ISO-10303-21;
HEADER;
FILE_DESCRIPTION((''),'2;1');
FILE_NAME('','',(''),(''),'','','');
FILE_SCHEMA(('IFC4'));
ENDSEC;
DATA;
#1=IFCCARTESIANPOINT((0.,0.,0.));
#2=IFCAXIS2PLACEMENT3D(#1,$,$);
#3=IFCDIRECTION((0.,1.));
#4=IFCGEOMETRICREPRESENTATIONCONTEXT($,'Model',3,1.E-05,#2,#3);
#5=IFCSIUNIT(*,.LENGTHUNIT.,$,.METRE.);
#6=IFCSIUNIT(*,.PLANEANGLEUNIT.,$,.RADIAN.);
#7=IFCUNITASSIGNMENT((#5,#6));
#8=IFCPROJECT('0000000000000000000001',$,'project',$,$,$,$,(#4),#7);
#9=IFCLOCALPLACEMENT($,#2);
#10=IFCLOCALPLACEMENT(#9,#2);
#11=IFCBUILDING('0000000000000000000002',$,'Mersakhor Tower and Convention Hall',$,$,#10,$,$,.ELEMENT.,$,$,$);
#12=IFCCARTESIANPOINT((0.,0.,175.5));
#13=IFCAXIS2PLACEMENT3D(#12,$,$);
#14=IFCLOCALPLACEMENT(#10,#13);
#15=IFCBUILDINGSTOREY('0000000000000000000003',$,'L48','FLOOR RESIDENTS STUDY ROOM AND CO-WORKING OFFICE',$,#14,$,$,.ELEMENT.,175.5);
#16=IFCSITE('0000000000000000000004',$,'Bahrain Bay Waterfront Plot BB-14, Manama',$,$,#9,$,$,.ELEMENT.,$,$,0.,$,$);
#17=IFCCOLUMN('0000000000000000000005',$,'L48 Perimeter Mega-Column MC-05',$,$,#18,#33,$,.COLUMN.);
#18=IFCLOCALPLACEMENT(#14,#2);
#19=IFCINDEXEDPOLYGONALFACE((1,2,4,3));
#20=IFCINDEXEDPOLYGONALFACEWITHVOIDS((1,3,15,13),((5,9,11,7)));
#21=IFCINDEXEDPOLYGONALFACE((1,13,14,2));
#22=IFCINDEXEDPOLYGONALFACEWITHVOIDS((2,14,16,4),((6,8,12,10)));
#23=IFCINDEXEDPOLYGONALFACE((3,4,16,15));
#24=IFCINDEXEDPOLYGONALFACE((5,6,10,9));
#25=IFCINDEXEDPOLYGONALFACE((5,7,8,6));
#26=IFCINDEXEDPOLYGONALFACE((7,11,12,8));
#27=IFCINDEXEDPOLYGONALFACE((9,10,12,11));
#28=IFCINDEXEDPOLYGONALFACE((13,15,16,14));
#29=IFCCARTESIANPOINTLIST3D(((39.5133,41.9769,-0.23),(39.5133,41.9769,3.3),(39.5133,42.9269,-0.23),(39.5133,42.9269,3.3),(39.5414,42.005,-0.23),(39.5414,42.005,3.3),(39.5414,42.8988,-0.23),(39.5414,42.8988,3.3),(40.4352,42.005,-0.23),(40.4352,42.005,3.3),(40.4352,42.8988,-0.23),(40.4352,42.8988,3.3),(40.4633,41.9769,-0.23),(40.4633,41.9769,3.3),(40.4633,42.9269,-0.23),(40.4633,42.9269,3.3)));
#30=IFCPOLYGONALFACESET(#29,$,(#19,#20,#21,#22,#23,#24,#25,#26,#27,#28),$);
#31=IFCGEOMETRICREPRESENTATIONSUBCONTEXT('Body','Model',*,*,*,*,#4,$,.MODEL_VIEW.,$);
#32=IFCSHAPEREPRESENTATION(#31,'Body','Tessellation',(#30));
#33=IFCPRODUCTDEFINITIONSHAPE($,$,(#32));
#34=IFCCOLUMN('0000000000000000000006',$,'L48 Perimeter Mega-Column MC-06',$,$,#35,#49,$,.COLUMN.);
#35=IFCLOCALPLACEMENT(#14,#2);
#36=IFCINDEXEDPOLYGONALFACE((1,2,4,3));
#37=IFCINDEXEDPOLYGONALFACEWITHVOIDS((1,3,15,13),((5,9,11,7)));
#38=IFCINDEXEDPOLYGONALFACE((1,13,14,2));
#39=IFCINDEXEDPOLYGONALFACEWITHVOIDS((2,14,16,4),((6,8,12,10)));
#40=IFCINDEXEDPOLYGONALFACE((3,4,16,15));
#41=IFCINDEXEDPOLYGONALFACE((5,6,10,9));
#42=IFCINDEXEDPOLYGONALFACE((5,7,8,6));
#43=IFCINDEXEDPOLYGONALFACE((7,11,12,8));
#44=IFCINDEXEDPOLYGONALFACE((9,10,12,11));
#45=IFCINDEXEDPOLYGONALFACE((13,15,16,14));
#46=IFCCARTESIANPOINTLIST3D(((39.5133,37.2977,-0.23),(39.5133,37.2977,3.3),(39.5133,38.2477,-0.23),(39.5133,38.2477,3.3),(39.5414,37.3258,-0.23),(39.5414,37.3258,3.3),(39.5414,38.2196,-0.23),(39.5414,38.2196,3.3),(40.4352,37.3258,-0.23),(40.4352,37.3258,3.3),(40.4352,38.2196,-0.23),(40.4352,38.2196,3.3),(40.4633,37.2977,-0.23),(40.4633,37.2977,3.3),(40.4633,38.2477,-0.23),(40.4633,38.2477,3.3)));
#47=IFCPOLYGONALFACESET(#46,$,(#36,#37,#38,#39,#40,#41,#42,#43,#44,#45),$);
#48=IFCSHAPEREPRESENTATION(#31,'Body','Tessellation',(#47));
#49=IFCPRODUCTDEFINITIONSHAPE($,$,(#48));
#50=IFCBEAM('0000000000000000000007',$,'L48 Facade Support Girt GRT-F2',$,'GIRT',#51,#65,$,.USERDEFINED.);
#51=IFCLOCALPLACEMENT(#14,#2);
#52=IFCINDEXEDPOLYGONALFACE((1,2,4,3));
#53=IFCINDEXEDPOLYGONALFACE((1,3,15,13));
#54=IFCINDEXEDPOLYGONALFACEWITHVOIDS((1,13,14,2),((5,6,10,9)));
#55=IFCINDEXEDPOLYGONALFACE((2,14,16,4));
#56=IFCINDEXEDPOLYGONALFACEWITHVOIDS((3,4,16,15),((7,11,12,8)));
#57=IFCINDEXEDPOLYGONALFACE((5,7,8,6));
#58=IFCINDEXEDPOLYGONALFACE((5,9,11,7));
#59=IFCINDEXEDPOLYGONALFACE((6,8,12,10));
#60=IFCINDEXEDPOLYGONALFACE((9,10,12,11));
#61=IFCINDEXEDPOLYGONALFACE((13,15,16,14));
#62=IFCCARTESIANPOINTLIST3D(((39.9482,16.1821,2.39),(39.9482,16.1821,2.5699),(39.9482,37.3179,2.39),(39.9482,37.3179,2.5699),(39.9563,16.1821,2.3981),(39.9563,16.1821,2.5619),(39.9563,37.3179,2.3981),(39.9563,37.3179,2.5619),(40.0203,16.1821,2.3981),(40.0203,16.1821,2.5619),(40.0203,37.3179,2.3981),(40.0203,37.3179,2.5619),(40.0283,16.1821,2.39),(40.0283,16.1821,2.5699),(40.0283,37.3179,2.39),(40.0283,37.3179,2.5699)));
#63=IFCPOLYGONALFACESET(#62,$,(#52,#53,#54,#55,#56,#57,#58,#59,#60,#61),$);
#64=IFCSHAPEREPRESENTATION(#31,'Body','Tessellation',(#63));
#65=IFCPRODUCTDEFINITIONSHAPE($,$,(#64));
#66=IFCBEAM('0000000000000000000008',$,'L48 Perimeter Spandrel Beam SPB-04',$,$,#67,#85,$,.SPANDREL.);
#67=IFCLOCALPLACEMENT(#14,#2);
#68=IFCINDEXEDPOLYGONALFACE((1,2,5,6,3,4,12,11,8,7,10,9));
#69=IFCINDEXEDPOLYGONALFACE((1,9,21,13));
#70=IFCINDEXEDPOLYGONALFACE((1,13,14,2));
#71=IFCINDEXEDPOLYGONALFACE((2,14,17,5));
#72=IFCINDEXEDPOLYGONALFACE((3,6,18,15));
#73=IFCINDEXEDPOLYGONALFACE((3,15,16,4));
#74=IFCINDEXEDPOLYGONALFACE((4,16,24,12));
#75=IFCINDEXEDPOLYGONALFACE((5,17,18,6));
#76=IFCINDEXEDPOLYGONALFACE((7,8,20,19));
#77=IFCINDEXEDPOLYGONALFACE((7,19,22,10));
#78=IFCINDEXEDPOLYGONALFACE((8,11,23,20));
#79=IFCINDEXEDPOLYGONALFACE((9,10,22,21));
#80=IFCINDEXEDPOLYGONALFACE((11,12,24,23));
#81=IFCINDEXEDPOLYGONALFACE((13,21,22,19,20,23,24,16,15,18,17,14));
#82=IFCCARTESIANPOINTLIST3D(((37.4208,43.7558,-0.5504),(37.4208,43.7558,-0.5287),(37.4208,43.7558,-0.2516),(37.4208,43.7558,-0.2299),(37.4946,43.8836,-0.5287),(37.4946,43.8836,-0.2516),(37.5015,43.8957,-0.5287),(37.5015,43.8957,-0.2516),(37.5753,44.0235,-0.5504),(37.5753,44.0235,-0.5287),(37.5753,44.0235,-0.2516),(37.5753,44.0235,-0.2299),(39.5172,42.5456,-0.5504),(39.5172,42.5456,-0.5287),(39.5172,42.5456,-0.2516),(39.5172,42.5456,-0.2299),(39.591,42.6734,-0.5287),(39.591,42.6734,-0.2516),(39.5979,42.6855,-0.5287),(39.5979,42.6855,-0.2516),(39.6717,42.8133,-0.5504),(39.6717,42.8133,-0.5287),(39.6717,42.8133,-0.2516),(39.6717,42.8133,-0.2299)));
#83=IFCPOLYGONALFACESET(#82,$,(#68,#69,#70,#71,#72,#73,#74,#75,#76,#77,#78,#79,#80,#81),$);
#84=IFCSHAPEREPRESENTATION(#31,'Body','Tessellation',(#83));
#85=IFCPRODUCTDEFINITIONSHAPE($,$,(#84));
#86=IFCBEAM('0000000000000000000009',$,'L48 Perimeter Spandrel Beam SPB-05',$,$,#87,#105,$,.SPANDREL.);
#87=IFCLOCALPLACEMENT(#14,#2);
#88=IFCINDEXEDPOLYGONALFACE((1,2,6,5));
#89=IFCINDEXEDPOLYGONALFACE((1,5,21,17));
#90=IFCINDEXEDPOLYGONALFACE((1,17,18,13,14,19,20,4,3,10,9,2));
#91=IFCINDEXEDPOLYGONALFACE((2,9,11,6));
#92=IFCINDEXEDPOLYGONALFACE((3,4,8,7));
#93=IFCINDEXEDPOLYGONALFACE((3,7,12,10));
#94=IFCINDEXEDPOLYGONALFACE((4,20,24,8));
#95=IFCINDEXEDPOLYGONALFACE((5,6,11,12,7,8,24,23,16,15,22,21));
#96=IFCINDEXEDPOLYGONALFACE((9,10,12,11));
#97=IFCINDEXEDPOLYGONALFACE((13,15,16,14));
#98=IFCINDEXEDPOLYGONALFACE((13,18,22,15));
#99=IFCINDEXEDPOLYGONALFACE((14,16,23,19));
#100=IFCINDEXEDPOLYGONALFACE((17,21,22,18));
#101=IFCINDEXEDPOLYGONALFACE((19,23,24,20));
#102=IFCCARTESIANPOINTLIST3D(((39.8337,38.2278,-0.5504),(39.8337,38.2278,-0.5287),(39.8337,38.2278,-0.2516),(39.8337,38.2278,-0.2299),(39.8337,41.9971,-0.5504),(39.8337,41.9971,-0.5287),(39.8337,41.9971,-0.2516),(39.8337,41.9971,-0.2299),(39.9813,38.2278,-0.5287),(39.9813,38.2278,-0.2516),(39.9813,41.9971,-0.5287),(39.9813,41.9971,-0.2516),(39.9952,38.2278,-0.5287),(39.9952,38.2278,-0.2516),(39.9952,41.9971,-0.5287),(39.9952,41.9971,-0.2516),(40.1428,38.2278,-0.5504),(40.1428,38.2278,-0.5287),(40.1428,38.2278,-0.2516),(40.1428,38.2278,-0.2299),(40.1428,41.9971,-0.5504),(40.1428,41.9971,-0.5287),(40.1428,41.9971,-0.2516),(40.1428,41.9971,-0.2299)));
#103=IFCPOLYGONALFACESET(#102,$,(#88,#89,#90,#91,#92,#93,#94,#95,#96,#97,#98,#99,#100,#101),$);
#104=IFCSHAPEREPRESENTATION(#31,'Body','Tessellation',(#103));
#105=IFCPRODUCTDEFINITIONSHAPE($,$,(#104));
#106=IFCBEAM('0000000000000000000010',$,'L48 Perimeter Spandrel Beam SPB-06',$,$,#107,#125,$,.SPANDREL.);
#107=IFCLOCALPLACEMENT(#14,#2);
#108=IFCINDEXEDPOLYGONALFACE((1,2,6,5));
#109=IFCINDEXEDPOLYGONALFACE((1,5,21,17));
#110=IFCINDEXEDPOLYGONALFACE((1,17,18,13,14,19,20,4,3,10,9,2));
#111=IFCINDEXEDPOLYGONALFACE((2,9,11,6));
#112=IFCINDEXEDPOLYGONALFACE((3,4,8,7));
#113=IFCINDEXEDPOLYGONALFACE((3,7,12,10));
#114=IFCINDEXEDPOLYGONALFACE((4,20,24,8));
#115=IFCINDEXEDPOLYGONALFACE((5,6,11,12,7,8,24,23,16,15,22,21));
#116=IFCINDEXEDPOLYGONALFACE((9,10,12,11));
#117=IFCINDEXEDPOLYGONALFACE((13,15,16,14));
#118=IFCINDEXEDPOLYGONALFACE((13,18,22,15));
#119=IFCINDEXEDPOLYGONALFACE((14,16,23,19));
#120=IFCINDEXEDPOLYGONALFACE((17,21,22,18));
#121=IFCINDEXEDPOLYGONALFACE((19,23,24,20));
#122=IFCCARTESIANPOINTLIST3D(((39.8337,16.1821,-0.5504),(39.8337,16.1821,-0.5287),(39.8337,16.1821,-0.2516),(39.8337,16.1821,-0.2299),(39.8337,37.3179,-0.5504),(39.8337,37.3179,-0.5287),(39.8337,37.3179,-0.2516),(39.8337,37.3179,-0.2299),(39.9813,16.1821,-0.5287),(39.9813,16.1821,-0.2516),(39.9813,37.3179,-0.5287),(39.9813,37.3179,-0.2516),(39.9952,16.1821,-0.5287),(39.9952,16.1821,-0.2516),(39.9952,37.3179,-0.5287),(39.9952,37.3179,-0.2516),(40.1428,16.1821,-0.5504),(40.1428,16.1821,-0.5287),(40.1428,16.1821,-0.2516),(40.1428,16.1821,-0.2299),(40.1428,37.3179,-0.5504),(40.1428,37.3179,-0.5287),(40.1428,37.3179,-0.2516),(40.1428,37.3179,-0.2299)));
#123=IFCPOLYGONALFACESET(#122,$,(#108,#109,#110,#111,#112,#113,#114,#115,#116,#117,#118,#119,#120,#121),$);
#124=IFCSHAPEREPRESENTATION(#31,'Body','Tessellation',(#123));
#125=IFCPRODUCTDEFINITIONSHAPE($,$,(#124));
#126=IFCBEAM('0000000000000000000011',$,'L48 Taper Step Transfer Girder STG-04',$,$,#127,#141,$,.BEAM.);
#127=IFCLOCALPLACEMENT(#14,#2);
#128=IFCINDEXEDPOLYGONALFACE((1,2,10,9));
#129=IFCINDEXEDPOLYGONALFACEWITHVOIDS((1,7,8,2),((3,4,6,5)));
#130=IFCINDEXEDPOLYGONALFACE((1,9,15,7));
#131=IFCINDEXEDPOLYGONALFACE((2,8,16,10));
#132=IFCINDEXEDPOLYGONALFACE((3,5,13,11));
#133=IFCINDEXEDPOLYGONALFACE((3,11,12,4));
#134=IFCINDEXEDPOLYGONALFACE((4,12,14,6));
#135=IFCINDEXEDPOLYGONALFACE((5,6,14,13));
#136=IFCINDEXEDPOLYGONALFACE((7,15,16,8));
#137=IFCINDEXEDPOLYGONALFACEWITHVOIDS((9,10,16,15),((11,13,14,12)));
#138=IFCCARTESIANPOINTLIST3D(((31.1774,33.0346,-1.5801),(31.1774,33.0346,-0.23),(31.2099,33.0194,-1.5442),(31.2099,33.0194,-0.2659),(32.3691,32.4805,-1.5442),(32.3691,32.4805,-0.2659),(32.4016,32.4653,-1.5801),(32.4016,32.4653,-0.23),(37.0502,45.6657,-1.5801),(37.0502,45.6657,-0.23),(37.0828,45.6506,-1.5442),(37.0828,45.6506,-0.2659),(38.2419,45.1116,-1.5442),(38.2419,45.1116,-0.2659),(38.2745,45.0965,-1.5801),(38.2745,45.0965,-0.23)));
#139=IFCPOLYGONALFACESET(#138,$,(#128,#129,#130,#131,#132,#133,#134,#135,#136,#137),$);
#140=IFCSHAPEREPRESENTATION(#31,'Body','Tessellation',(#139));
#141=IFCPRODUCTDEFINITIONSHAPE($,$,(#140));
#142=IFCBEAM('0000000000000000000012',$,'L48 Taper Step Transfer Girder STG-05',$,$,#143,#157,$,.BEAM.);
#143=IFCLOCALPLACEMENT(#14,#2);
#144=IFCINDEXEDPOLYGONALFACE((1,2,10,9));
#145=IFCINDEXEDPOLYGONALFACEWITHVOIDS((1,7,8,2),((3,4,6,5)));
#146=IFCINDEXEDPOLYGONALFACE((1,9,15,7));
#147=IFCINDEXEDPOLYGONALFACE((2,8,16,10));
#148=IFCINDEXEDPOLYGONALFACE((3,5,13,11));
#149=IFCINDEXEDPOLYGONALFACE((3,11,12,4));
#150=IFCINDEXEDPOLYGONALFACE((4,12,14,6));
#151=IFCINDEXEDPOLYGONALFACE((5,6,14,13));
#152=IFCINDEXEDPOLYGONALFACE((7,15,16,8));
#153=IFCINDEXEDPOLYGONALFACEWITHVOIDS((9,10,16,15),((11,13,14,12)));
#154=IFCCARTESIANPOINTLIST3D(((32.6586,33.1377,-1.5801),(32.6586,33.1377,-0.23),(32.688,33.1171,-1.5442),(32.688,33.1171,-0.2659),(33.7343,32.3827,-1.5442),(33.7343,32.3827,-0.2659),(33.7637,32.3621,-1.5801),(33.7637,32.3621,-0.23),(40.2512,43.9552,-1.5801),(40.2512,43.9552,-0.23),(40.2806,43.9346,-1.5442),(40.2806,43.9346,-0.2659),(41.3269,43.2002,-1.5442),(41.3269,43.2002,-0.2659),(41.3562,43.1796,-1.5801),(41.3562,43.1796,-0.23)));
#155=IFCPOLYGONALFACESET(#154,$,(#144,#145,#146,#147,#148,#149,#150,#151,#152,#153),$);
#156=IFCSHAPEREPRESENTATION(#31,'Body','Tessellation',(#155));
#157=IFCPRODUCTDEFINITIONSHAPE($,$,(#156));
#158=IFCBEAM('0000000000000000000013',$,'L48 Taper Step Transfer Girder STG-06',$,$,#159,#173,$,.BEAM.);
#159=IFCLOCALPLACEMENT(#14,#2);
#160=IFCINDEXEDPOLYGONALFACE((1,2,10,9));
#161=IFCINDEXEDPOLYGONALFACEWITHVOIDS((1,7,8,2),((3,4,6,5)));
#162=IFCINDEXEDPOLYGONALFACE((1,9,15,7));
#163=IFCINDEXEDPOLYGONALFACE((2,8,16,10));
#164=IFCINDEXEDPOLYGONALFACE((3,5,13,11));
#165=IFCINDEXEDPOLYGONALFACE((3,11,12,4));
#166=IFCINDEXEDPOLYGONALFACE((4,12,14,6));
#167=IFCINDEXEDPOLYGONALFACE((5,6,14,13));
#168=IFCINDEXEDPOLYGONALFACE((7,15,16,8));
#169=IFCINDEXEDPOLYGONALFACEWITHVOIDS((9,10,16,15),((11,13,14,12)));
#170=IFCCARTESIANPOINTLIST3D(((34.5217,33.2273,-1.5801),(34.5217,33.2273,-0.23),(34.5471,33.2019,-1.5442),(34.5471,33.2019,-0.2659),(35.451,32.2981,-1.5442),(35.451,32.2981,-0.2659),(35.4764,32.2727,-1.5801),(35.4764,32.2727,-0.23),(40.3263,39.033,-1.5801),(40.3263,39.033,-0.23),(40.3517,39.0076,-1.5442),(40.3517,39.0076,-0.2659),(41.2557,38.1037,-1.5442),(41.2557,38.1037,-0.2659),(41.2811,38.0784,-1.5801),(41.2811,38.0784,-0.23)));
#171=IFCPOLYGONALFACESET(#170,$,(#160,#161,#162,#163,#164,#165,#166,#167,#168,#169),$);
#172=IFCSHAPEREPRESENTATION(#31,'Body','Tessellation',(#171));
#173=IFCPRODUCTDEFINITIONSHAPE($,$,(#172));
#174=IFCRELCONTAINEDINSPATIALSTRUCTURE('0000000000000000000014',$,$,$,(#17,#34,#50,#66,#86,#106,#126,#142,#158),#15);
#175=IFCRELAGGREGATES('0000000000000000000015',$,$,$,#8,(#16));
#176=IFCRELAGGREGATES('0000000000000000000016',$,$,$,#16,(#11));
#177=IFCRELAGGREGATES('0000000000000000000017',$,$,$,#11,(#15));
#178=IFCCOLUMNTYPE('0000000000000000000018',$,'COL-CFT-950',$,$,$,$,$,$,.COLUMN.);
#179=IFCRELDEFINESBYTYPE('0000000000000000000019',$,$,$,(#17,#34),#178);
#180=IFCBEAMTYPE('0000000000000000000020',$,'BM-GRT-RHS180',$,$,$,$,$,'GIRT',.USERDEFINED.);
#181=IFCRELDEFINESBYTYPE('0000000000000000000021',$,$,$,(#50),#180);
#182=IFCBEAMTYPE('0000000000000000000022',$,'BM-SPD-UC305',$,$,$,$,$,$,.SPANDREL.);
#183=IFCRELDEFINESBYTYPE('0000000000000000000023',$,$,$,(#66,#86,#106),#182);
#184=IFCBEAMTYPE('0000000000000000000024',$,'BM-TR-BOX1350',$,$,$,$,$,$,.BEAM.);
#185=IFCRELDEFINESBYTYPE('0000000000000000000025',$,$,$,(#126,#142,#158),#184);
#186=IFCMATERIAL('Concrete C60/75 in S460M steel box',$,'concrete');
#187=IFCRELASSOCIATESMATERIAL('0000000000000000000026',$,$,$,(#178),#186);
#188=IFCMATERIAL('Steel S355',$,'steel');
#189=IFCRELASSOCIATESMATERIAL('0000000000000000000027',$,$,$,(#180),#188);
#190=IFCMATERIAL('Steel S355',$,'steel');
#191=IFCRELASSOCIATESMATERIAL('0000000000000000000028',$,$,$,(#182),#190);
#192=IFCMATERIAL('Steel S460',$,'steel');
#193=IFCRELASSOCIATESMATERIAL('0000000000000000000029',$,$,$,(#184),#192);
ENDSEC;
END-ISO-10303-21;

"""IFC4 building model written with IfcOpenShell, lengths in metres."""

from ifc_helpers import new_model, si_unit, direction, frame, origin, origin_2d, place, context, subcontext, project, spatial, hollow_rectangle, i_section, extrude, material, material_profile, profile_set, type_object, element, save


model = new_model("IFC4")

# Units and contexts
model_context = context("Model", 3, precision=1e-05, world=origin(), true_north=direction((0.0, 1.0)))
body_context = subcontext(model_context, "Body", "Model", "MODEL_VIEW")
ifc_project = project(units=[si_unit("LENGTHUNIT", "METRE"), si_unit("PLANEANGLEUNIT", "RADIAN")], contexts=[model_context])

# Site, building, storey
site_placement = place(None, origin())
site = spatial("IfcSite", under=ifc_project, at=site_placement, Name="Bahrain Bay Waterfront Plot BB-14, Manama", CompositionType="ELEMENT", RefElevation=0.0)
building_placement = place(site_placement, origin())
building = spatial("IfcBuilding", under=site, at=building_placement, Name="Mersakhor Tower and Convention Hall", CompositionType="ELEMENT")
storey_placement = place(building_placement, frame((0.0, 0.0, 175.5)))
storey = spatial("IfcBuildingStorey", under=building, at=storey_placement, Name="L48", Description="FLOOR RESIDENTS STUDY ROOM AND CO-WORKING OFFICE", CompositionType="ELEMENT", Elevation=175.5)

# Columns
ifc_material_1 = material(Name="Concrete C60/75 in S460M steel box", Category="concrete")
ifc_material_profile_1 = material_profile(ifc_material_1, hollow_rectangle(XDim=0.95, YDim=0.95, WallThickness=0.0281, at=origin_2d()), Name="SHS 950x950x28")
ifc_profile_set_1 = profile_set([ifc_material_profile_1], Name="Concrete C60/75 in S460M steel box")
column_type = type_object("IfcColumnType", Name="COL-CFT-950", PredefinedType="COLUMN", material=ifc_profile_set_1)
for number, where, z_axis, x_axis, name in (
    (1, (39.9883, 42.4519, -0.23), (0.0, 0.0, 1.0), (1.0, 0.0, 0.0), "L48 Perimeter Mega-Column MC-05"),
    (2, (39.9883, 37.7727, -0.23), (0.0, 0.0, 1.0), (1.0, 0.0, 0.0), "L48 Perimeter Mega-Column MC-06"),
):
    element("IfcColumn", number, at=place(storey_placement, frame(where, z_axis=z_axis, x_axis=x_axis)), inside=storey, type_object=column_type, Name=name, PredefinedType="COLUMN", context=body_context, shape_type="SweptSolid", body=[
        extrude(hollow_rectangle(XDim=0.95, YDim=0.95, WallThickness=0.0281, at=origin_2d()), origin(), (0.0, 0.0, 1.0), 3.53),
    ])

# Beams
ifc_material_2 = material(Name="Steel S355", Category="steel")
ifc_material_profile_2 = material_profile(ifc_material_2, hollow_rectangle(XDim=0.0801, YDim=0.1799, WallThickness=0.0081, at=origin_2d()), Name="RHS 180x80x8")
ifc_profile_set_2 = profile_set([ifc_material_profile_2], Name="Steel S355")
beam_type_1 = type_object("IfcBeamType", Name="BM-GRT-RHS180", ElementType="GIRT", PredefinedType="USERDEFINED", material=ifc_profile_set_2)
beam_1_placement = place(storey_placement, frame((39.9883, 37.3179, 2.48), z_axis=(0.0, -1.0, 0.0), x_axis=(1.0, 0.0, 0.0)))
element("IfcBeam", 3, at=beam_1_placement, inside=storey, type_object=beam_type_1, Name="L48 Facade Support Girt GRT-F2", ObjectType="GIRT", PredefinedType="USERDEFINED", context=body_context, shape_type="SweptSolid", body=[
    extrude(hollow_rectangle(XDim=0.0801, YDim=0.1799, WallThickness=0.0081, at=origin_2d()), origin(), (0.0, 0.0, 1.0), 21.1357),
])
ifc_material_3 = material(Name="Steel S355", Category="steel")
ifc_material_profile_3 = material_profile(ifc_material_3, i_section(OverallWidth=0.3091, OverallDepth=0.3206, WebThickness=0.0139, FlangeThickness=0.0217, at=origin_2d()), Name="UC 305x305x137")
ifc_profile_set_3 = profile_set([ifc_material_profile_3], Name="Steel S355")
beam_type_2 = type_object("IfcBeamType", Name="BM-SPD-UC305", PredefinedType="SPANDREL", material=ifc_profile_set_3)
beam_2_placement = place(storey_placement, frame((37.498, 43.8896, -0.3901), z_axis=(0.866056, -0.499947, 0.0), x_axis=(0.499947, 0.866056, 0.0)))
element("IfcBeam", 4, at=beam_2_placement, inside=storey, type_object=beam_type_2, Name="L48 Perimeter Spandrel Beam SPB-04", PredefinedType="SPANDREL", context=body_context, shape_type="SweptSolid", body=[
    extrude(i_section(OverallWidth=0.3091, OverallDepth=0.3206, WebThickness=0.0139, FlangeThickness=0.0217, at=origin_2d()), origin(), (0.0, 0.0, 1.0), 2.4207),
])
beam_3_placement = place(storey_placement, frame((39.9883, 41.9971, -0.3901), z_axis=(0.0, -1.0, 0.0), x_axis=(1.0, 0.0, 0.0)))
element("IfcBeam", 5, at=beam_3_placement, inside=storey, type_object=beam_type_2, Name="L48 Perimeter Spandrel Beam SPB-05", PredefinedType="SPANDREL", context=body_context, shape_type="SweptSolid", body=[
    extrude(i_section(OverallWidth=0.3091, OverallDepth=0.3206, WebThickness=0.0139, FlangeThickness=0.0217, at=origin_2d()), origin(), (0.0, 0.0, 1.0), 3.7693),
])
beam_4_placement = place(storey_placement, frame((39.9883, 37.3179, -0.3901), z_axis=(0.0, -1.0, 0.0), x_axis=(1.0, 0.0, 0.0)))
element("IfcBeam", 6, at=beam_4_placement, inside=storey, type_object=beam_type_2, Name="L48 Perimeter Spandrel Beam SPB-06", PredefinedType="SPANDREL", context=body_context, shape_type="SweptSolid", body=[
    extrude(i_section(OverallWidth=0.3091, OverallDepth=0.3206, WebThickness=0.0139, FlangeThickness=0.0217, at=origin_2d()), origin(), (0.0, 0.0, 1.0), 21.1357),
])
ifc_material_4 = material(Name="Steel S460", Category="steel")
ifc_material_profile_4 = material_profile(ifc_material_4, hollow_rectangle(XDim=1.3501, YDim=1.3501, WallThickness=0.0359, at=origin_2d()), Name="SHS 1350x1350x36")
ifc_profile_set_4 = profile_set([ifc_material_profile_4], Name="Steel S460")
beam_type_3 = type_object("IfcBeamType", Name="BM-TR-BOX1350", PredefinedType="BEAM", material=ifc_profile_set_4)
beam_5_placement = place(storey_placement, frame((37.6624, 45.3811, -0.905), z_axis=(-0.421605, -0.90678, 0.0), x_axis=(0.90678, -0.421605, 0.0)))
element("IfcBeam", 7, at=beam_5_placement, inside=storey, type_object=beam_type_3, Name="L48 Taper Step Transfer Girder STG-04", PredefinedType="BEAM", context=body_context, shape_type="SweptSolid", body=[
    extrude(hollow_rectangle(XDim=1.3501, YDim=1.3501, WallThickness=0.0359, at=origin_2d()), origin(), (0.0, 0.0, 1.0), 13.9297),
])
beam_6_placement = place(storey_placement, frame((40.8037, 43.5674, -0.905), z_axis=(-0.574496, -0.818507, 0.0), x_axis=(0.818507, -0.574496, 0.0)))
element("IfcBeam", 8, at=beam_6_placement, inside=storey, type_object=beam_type_3, Name="L48 Taper Step Transfer Girder STG-05", PredefinedType="BEAM", context=body_context, shape_type="SweptSolid", body=[
    extrude(hollow_rectangle(XDim=1.3501, YDim=1.3501, WallThickness=0.0359, at=origin_2d()), origin(), (0.0, 0.0, 1.0), 13.2161),
])
beam_7_placement = place(storey_placement, frame((40.8037, 38.5557, -0.905), z_axis=(-0.707047, -0.707166, 0.0), x_axis=(0.707166, -0.707047, 0.0)))
element("IfcBeam", 9, at=beam_7_placement, inside=storey, type_object=beam_type_3, Name="L48 Taper Step Transfer Girder STG-06", PredefinedType="BEAM", context=body_context, shape_type="SweptSolid", body=[
    extrude(hollow_rectangle(XDim=1.3501, YDim=1.3501, WallThickness=0.0359, at=origin_2d()), origin(), (0.0, 0.0, 1.0), 8.2097),
])

save(model, "model.ifc")
